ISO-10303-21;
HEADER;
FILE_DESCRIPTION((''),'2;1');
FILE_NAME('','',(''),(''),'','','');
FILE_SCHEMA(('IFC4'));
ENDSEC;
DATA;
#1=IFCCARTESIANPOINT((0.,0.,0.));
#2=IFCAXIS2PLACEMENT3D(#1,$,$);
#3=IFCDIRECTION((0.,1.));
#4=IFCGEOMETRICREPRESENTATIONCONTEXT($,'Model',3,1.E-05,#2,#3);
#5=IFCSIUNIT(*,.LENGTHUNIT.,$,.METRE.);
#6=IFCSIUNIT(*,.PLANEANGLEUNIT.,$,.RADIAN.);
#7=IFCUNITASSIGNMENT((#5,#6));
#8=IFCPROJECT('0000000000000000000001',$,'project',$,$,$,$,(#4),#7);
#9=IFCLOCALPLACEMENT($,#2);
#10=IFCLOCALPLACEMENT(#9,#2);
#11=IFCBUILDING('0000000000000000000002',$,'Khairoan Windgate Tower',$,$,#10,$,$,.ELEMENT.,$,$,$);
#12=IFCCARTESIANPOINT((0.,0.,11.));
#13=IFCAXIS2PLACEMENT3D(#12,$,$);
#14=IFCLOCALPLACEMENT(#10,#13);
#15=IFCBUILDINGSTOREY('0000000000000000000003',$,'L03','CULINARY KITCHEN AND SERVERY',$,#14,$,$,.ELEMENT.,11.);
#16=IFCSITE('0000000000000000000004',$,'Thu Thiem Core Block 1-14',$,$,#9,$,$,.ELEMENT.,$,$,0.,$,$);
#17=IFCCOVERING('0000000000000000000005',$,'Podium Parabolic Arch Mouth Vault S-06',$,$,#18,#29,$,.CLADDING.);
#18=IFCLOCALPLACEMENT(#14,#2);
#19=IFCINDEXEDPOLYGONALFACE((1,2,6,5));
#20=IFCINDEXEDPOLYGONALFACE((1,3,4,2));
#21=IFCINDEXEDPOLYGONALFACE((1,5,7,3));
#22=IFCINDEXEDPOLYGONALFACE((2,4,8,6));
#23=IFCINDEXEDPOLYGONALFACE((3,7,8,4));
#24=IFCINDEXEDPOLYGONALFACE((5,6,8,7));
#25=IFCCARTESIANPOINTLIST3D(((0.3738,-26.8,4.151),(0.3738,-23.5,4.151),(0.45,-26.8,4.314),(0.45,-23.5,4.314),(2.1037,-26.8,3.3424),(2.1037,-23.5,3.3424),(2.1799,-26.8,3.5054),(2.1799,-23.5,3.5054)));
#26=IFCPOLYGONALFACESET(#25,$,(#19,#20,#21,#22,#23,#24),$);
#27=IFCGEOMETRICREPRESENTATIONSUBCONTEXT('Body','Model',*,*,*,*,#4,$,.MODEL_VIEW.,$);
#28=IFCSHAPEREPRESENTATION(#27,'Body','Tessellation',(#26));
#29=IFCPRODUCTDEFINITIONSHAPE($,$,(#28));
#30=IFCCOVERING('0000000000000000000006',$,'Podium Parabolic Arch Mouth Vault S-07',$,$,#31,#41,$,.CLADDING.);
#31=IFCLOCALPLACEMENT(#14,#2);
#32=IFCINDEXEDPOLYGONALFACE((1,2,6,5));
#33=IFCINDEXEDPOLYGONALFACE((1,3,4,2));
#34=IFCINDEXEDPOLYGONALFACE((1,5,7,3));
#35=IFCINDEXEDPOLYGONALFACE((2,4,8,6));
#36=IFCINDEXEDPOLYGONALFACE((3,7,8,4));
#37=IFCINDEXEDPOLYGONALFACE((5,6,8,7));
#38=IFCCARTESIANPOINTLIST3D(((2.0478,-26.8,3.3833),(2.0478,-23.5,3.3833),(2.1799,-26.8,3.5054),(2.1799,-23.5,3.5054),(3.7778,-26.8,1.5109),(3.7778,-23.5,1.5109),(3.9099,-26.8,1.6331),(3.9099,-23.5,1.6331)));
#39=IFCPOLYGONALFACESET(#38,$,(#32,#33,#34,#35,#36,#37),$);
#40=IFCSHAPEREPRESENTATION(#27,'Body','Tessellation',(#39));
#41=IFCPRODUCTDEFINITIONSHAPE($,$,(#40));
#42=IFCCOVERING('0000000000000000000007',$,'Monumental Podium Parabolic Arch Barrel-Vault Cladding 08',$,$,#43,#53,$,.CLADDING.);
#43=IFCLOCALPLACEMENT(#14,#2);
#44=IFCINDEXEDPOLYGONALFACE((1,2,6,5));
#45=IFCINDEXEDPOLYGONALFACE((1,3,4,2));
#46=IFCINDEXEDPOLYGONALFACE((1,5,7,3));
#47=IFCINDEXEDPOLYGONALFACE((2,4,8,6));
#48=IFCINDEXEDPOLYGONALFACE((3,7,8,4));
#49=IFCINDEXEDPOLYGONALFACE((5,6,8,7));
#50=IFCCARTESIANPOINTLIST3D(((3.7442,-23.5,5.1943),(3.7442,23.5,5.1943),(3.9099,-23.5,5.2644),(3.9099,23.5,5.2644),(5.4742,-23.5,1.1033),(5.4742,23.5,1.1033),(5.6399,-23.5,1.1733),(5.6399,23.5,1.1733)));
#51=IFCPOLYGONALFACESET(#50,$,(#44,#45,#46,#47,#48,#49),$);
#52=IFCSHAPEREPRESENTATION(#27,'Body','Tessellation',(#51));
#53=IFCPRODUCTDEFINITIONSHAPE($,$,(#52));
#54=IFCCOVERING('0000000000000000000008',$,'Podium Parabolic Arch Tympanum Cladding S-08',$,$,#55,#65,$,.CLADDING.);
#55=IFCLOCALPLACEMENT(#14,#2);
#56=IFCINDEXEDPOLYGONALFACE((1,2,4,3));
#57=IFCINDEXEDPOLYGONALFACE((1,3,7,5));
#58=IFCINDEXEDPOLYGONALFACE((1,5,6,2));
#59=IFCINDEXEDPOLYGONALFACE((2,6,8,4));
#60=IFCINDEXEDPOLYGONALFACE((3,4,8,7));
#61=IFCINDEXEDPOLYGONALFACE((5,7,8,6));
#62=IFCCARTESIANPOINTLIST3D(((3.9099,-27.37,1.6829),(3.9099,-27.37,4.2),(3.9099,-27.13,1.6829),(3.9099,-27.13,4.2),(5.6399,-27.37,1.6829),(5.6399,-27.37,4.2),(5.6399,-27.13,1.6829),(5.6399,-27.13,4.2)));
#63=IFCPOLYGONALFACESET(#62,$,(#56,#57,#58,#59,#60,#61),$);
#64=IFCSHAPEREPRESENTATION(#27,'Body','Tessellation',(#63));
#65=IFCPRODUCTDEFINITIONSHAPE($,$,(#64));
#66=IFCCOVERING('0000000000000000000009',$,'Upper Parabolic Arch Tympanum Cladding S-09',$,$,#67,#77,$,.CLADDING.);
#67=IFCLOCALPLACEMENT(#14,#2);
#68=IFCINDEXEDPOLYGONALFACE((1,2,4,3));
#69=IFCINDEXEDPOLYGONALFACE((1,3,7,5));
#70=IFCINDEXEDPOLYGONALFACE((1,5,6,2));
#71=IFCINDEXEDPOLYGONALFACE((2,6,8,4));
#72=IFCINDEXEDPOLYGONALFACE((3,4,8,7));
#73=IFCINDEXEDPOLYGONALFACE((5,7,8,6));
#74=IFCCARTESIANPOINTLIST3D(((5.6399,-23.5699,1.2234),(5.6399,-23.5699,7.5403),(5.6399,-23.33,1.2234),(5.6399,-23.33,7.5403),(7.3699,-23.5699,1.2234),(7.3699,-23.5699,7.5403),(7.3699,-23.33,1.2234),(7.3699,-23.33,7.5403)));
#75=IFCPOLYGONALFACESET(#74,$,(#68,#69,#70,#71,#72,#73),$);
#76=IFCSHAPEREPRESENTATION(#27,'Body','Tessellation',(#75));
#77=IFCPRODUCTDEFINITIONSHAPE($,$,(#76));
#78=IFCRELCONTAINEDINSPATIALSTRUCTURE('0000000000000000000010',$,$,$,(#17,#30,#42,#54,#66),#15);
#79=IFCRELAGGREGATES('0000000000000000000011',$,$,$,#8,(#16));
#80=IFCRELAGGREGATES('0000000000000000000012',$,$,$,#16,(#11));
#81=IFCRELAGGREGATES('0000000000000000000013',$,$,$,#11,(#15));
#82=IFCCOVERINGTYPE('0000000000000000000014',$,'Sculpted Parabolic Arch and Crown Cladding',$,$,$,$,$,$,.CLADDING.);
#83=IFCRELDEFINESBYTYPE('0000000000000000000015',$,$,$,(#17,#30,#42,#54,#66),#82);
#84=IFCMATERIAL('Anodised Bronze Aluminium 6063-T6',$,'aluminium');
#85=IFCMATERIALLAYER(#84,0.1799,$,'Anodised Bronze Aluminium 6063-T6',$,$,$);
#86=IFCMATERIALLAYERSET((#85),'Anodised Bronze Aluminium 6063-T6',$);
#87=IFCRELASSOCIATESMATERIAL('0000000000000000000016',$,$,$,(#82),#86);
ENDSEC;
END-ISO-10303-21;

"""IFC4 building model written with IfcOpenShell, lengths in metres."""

from ifc_helpers import new_model, si_unit, direction, frame, origin, origin_2d, place, context, subcontext, project, spatial, polyline, rectangle, outline, extrude, material, layer, layer_set, type_object, element, save


model = new_model("IFC4")

# Units and contexts
model_context = context("Model", 3, precision=1e-05, world=origin(), true_north=direction((0.0, 1.0)))
body_context = subcontext(model_context, "Body", "Model", "MODEL_VIEW")
ifc_project = project(units=[si_unit("LENGTHUNIT", "METRE"), si_unit("PLANEANGLEUNIT", "RADIAN")], contexts=[model_context])

# Site, building, storey
site_placement = place(None, origin())
site = spatial("IfcSite", under=ifc_project, at=site_placement, Name="Thu Thiem Core Block 1-14", CompositionType="ELEMENT", RefElevation=0.0)
building_placement = place(site_placement, origin())
building = spatial("IfcBuilding", under=site, at=building_placement, Name="Khairoan Windgate Tower", CompositionType="ELEMENT")
storey_placement = place(building_placement, frame((0.0, 0.0, 11.0)))
storey = spatial("IfcBuildingStorey", under=building, at=storey_placement, Name="L03", Description="CULINARY KITCHEN AND SERVERY", CompositionType="ELEMENT", Elevation=11.0)

# Coverings
ifc_material_1 = material(Name="Anodised Bronze Aluminium 6063-T6", Category="aluminium")
ifc_layer_1 = layer(ifc_material_1, 0.1799, Name="Anodised Bronze Aluminium 6063-T6")
ifc_layer_set_1 = layer_set([ifc_layer_1], Name="Anodised Bronze Aluminium 6063-T6")
covering_type = type_object("IfcCoveringType", Name="Sculpted Parabolic Arch and Crown Cladding", PredefinedType="CLADDING", material=ifc_layer_set_1)
covering_1_placement = place(storey_placement, frame((0.45, -26.8, 4.314), z_axis=(0.423431, 0.0, 0.905928), x_axis=(0.905928, 0.0, -0.423431)))
element("IfcCovering", 1, at=covering_1_placement, inside=storey, type_object=covering_type, Name="Podium Parabolic Arch Mouth Vault S-06", PredefinedType="CLADDING", context=body_context, shape_type="SweptSolid", body=[
    extrude(outline(polyline([(0.0, 0.0), (1.9096, 0.0), (1.9096, 3.3), (0.0, 3.3), (0.0, 0.0)])), origin(), (0.0, 0.0, -1.0), 0.1799),
])
covering_2_placement = place(storey_placement, frame((2.1799, -26.8, 3.5054), z_axis=(0.734473, 0.0, 0.678638), x_axis=(0.678638, 0.0, -0.734473)))
element("IfcCovering", 2, at=covering_2_placement, inside=storey, type_object=covering_type, Name="Podium Parabolic Arch Mouth Vault S-07", PredefinedType="CLADDING", context=body_context, shape_type="SweptSolid", body=[
    extrude(outline(polyline([(0.0, 0.0), (2.5492, 0.0), (2.5492, 3.3), (0.0, 3.3), (0.0, 0.0)])), origin(), (0.0, 0.0, -1.0), 0.1799),
])
covering_3_placement = place(storey_placement, frame((3.9099, -23.5, 5.2644), z_axis=(0.921036, 0.0, 0.389477), x_axis=(0.389477, 0.0, -0.921036)))
element("IfcCovering", 3, at=covering_3_placement, inside=storey, type_object=covering_type, Name="Monumental Podium Parabolic Arch Barrel-Vault Cladding 08", PredefinedType="CLADDING", context=body_context, shape_type="SweptSolid", body=[
    extrude(outline(polyline([(0.0, 0.0), (4.4418, 0.0), (4.4418, 47.0), (0.0, 47.0), (0.0, 0.0)])), origin(), (0.0, 0.0, -1.0), 0.1799),
])
covering_4_placement = place(storey_placement, frame((4.7749, -27.25, 1.6829), z_axis=(0.0, 0.0, 1.0), x_axis=(1.0, 0.0, 0.0)))
element("IfcCovering", 4, at=covering_4_placement, inside=storey, type_object=covering_type, Name="Podium Parabolic Arch Tympanum Cladding S-08", PredefinedType="CLADDING", context=body_context, shape_type="SweptSolid", body=[
    extrude(rectangle(XDim=1.73, YDim=0.24, at=origin_2d()), origin(), (0.0, 0.0, 1.0), 2.5171),
])
covering_5_placement = place(storey_placement, frame((6.5049, -23.45, 1.2234), z_axis=(0.0, 0.0, 1.0), x_axis=(1.0, 0.0, 0.0)))
element("IfcCovering", 5, at=covering_5_placement, inside=storey, type_object=covering_type, Name="Upper Parabolic Arch Tympanum Cladding S-09", PredefinedType="CLADDING", context=body_context, shape_type="SweptSolid", body=[
    extrude(rectangle(XDim=1.73, YDim=0.24, at=origin_2d()), origin(), (0.0, 0.0, 1.0), 6.3169),
])

save(model, "model.ifc")
